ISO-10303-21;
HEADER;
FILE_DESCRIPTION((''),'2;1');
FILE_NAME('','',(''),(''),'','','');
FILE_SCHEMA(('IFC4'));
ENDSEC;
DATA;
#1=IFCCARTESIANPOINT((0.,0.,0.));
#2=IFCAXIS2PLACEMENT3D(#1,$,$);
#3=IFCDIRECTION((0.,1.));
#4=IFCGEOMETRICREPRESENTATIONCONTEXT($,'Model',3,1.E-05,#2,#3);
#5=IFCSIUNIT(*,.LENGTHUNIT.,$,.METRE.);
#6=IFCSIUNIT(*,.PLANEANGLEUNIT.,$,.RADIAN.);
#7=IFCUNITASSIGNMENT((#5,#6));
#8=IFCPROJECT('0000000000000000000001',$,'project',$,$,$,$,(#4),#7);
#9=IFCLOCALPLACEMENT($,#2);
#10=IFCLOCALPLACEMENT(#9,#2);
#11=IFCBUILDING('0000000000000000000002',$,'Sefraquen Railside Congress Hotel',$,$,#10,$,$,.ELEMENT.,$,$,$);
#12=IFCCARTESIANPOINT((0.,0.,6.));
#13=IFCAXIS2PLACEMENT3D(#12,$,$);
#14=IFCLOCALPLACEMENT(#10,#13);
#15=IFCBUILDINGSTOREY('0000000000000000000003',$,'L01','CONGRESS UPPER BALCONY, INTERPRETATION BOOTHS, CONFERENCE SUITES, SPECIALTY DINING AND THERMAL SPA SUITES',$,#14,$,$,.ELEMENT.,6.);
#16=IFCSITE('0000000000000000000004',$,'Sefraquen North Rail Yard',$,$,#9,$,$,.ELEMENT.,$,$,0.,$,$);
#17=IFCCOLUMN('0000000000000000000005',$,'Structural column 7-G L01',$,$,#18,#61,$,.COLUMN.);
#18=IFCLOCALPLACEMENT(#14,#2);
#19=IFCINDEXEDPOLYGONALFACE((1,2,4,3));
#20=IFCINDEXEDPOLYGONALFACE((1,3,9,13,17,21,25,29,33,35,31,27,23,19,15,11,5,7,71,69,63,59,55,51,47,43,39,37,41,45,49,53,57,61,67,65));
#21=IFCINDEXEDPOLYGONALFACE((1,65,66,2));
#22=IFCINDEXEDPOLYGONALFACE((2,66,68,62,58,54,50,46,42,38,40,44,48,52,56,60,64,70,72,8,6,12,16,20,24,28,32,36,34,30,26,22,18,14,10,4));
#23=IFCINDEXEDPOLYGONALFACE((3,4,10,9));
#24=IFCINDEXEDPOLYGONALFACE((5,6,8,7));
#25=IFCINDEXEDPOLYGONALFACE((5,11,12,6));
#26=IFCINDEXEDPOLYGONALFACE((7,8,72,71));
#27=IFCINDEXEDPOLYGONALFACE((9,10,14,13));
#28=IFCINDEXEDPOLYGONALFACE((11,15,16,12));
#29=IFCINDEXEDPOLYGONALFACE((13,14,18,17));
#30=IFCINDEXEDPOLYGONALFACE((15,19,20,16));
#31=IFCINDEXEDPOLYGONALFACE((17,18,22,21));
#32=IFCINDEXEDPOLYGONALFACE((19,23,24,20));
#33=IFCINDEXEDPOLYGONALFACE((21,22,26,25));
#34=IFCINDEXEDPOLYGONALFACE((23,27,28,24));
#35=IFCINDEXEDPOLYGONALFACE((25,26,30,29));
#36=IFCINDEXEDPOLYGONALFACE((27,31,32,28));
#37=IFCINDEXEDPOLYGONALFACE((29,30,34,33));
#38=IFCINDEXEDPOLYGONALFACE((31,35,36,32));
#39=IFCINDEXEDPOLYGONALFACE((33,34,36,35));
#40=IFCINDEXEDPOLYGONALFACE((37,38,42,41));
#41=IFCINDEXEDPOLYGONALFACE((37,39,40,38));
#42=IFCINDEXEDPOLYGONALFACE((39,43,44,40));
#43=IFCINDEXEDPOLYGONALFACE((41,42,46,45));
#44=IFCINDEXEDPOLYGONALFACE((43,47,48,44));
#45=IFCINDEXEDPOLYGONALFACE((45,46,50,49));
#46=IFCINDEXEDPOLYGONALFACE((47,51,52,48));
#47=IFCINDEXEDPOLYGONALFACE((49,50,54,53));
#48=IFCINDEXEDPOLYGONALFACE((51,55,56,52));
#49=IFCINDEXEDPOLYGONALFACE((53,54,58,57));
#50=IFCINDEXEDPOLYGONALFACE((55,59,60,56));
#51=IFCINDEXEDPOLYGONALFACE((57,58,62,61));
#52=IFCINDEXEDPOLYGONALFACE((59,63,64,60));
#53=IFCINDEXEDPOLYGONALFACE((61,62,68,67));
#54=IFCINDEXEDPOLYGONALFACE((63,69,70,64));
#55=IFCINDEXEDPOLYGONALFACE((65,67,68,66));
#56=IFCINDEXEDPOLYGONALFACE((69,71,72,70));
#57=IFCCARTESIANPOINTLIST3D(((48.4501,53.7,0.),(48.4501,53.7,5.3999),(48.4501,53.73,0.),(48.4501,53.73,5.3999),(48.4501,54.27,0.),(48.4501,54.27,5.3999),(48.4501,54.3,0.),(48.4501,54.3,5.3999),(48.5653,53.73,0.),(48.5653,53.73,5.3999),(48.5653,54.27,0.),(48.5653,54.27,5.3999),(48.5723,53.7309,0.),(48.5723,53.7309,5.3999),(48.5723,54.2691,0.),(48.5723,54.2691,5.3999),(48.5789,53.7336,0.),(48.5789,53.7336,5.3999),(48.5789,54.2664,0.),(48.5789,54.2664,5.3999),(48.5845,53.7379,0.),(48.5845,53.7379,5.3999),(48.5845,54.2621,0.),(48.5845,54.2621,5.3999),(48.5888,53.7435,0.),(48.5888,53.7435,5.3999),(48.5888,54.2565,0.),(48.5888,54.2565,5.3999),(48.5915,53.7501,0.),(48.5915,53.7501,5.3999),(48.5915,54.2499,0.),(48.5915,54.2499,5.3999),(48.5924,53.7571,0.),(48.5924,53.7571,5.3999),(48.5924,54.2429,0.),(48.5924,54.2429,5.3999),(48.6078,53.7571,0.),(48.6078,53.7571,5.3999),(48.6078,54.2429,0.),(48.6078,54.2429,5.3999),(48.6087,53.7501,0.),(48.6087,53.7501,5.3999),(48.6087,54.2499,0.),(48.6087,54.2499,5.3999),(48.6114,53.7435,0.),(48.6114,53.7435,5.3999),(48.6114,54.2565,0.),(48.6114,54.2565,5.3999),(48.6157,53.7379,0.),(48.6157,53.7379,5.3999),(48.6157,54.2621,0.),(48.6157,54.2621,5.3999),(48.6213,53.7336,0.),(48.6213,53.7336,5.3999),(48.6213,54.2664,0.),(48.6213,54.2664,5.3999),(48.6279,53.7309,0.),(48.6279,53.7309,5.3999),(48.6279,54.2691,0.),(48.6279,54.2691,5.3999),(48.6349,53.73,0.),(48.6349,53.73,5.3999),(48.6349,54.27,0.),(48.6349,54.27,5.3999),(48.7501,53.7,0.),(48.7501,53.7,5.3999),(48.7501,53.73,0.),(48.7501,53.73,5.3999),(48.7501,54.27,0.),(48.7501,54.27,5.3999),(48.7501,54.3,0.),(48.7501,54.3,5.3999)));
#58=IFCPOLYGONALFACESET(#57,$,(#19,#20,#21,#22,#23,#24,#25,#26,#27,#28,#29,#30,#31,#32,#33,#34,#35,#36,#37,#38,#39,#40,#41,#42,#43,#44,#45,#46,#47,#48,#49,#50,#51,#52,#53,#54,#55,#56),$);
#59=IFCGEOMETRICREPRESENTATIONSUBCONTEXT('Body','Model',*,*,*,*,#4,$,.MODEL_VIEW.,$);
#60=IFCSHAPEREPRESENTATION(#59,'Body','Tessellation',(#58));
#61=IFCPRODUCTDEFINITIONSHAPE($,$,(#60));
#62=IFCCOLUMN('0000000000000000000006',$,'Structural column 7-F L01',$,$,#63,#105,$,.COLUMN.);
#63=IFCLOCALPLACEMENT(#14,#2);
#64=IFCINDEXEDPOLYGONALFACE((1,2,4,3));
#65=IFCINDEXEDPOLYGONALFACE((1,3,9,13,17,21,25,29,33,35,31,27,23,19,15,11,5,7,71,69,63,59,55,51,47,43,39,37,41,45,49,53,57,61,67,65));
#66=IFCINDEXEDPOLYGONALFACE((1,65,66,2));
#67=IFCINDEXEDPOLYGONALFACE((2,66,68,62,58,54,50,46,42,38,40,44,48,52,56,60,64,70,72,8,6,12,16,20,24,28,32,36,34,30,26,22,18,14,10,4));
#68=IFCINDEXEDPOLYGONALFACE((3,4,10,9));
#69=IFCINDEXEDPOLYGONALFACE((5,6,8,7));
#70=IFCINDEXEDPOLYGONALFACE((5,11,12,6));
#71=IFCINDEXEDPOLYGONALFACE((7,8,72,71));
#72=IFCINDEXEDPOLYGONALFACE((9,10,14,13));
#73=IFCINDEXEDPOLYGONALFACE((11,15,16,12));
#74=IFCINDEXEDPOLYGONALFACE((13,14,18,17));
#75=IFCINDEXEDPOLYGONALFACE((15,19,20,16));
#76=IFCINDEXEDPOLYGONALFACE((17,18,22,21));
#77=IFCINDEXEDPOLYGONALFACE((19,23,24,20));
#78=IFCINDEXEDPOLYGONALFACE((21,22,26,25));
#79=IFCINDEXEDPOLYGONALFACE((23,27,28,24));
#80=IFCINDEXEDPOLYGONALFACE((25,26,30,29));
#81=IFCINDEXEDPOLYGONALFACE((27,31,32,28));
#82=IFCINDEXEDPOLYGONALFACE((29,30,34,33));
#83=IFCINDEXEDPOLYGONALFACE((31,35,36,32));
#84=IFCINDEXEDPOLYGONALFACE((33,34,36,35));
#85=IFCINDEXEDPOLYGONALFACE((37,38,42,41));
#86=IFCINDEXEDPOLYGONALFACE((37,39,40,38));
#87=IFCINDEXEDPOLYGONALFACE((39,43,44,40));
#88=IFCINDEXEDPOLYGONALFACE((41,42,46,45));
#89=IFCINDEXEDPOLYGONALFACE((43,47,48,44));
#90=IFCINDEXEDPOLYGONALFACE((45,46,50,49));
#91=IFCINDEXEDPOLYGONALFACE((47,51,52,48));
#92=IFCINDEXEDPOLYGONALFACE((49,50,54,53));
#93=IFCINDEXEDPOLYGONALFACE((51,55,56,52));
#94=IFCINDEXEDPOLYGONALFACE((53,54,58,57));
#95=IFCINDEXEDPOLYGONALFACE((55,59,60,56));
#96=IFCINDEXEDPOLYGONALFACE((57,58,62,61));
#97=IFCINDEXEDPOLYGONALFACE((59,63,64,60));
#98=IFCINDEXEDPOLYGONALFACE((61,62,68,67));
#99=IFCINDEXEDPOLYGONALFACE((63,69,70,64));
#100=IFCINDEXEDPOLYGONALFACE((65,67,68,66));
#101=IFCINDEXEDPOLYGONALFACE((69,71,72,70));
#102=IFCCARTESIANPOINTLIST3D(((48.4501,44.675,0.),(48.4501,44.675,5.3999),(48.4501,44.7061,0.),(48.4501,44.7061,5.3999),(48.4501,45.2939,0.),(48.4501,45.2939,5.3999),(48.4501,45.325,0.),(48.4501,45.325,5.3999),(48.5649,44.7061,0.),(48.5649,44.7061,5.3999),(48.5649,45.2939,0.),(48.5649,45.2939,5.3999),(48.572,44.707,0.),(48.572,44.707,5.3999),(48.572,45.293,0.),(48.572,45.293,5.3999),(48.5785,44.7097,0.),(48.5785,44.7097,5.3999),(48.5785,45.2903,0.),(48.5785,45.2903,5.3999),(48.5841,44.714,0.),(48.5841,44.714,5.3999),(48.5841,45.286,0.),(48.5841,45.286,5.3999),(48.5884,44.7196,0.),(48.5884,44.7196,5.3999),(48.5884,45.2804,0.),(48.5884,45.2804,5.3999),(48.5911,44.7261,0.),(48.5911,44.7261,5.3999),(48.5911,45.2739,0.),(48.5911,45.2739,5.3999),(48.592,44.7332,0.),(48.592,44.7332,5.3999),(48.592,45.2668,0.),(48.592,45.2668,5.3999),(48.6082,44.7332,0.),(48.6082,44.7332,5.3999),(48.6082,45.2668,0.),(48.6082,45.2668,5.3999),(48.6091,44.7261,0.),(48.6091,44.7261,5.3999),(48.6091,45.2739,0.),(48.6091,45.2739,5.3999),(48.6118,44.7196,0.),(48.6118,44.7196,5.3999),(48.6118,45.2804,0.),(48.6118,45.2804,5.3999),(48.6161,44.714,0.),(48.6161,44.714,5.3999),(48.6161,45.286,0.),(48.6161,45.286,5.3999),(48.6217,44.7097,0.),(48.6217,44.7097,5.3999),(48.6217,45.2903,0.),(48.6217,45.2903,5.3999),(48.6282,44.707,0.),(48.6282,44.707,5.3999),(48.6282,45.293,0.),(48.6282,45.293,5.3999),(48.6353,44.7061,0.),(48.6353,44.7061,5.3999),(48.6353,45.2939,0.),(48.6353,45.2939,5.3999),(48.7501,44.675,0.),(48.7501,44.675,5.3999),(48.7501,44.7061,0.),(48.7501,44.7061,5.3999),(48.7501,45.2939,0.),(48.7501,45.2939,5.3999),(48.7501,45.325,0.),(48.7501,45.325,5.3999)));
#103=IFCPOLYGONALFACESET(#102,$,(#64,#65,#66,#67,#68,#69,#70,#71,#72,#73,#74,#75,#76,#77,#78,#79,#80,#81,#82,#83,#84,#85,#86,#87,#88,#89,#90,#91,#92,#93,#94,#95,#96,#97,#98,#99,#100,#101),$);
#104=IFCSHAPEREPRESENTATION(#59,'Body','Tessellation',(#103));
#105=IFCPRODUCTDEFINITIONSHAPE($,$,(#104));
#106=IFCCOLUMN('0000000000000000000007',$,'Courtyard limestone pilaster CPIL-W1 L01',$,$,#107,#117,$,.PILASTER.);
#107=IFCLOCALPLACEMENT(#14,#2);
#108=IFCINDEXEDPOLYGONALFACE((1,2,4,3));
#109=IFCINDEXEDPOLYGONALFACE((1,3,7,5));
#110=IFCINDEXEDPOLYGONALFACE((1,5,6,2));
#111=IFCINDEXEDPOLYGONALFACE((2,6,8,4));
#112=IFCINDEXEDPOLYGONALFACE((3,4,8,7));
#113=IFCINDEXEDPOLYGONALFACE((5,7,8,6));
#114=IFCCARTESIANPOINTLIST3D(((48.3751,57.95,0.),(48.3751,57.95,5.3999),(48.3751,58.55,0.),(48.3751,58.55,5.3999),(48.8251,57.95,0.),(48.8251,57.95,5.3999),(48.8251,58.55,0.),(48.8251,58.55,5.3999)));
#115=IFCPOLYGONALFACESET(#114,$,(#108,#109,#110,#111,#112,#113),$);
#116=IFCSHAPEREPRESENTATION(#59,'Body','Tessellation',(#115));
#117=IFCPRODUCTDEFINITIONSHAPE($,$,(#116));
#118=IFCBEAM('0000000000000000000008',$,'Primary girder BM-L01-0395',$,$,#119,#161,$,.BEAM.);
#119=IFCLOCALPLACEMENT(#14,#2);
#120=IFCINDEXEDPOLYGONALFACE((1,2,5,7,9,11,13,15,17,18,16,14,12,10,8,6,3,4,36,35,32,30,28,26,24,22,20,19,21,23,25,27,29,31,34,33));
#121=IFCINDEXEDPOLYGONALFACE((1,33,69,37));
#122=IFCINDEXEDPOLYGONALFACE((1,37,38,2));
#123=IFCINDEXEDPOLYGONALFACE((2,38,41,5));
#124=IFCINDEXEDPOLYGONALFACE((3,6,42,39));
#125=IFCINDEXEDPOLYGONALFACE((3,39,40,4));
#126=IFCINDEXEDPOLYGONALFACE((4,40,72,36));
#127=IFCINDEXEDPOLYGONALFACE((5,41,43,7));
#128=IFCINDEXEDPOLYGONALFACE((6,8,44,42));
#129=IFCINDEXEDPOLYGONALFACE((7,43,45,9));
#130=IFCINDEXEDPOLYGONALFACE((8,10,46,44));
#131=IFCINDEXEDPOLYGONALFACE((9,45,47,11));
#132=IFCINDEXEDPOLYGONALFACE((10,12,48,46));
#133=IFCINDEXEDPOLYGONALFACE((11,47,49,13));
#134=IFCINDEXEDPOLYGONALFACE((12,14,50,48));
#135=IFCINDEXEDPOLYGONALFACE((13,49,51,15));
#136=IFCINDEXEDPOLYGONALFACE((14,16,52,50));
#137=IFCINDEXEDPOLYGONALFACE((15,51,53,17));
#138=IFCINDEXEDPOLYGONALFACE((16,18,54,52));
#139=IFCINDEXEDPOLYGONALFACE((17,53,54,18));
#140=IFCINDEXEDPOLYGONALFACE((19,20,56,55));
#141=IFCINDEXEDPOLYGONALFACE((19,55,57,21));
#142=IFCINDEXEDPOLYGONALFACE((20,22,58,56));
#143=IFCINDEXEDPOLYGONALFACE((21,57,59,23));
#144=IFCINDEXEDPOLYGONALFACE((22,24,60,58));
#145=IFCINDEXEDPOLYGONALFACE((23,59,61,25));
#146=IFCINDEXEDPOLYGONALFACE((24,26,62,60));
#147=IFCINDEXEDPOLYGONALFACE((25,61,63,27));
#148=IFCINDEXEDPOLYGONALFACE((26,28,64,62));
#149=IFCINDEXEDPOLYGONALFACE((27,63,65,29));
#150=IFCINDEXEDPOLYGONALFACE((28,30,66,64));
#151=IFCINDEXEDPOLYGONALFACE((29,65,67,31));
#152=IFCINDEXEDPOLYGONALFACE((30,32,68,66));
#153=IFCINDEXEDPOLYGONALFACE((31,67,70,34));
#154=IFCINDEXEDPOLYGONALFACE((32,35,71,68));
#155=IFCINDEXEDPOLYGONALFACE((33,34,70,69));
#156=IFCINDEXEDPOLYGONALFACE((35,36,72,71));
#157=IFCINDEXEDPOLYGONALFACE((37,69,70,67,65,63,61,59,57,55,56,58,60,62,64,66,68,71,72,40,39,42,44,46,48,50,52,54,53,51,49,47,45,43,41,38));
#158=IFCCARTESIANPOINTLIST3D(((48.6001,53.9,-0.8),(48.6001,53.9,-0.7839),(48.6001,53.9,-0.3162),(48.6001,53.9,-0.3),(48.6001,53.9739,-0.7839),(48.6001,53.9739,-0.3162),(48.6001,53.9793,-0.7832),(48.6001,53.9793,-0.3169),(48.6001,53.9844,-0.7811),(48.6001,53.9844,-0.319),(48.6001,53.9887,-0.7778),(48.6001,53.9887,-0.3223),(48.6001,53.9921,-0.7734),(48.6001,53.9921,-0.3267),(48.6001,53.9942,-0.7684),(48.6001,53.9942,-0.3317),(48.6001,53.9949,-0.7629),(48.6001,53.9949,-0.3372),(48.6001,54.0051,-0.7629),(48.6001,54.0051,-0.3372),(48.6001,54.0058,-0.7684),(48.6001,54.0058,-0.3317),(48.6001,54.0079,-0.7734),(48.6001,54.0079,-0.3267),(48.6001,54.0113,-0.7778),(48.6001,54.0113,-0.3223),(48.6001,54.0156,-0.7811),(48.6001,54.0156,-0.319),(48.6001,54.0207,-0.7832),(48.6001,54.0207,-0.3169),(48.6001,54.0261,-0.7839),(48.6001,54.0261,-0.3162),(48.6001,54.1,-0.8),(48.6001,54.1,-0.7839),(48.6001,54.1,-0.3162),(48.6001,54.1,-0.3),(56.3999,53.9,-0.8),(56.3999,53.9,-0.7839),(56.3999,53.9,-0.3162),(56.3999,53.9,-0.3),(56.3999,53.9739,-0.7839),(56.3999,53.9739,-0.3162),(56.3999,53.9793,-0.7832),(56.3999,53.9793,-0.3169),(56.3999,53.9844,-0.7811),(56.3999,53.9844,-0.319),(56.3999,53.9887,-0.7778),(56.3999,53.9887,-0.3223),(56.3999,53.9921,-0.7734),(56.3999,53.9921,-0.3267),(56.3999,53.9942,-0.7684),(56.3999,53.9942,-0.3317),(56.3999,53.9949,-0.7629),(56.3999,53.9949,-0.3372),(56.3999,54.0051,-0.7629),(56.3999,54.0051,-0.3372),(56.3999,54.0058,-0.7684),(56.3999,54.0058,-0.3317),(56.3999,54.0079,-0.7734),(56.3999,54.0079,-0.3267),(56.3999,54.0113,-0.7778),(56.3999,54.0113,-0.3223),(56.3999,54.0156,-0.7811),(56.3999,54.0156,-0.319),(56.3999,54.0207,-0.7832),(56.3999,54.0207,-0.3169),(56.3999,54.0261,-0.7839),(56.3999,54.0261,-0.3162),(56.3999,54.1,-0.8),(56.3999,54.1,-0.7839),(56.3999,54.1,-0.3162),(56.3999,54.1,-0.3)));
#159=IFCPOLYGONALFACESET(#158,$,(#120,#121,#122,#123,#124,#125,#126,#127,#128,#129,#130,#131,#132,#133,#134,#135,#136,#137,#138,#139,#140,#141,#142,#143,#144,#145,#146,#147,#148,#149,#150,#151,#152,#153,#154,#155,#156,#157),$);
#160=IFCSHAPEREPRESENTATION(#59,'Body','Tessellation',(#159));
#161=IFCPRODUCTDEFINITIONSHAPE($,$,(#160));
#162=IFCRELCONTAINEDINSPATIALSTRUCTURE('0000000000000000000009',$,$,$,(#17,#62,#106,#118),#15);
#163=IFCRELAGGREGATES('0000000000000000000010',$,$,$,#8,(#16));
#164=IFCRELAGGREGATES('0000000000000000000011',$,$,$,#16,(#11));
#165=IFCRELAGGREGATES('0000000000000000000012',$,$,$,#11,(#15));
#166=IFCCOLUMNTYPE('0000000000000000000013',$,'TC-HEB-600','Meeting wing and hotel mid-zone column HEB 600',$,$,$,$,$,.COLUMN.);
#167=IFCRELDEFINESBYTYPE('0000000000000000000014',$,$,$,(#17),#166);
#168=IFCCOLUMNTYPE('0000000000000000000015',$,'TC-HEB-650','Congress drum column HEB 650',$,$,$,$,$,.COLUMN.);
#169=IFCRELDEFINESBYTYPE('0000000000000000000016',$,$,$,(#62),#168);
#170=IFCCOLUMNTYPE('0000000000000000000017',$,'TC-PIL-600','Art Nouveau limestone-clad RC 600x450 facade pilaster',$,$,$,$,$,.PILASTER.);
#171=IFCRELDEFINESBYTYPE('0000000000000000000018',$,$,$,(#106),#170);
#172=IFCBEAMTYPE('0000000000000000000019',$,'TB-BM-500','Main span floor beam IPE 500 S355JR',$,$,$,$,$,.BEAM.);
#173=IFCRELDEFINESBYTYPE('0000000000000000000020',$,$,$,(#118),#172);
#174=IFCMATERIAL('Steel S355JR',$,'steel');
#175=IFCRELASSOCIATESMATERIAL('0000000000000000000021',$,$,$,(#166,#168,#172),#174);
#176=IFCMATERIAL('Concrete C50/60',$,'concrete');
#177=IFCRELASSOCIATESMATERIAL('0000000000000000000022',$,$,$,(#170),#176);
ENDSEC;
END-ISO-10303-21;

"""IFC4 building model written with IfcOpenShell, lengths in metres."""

from ifc_helpers import new_model, si_unit, direction, frame, origin, origin_2d, place, context, subcontext, project, spatial, rectangle, i_section, extrude, material, material_profile, profile_set, type_object, element, save


model = new_model("IFC4")

# Units and contexts
model_context = context("Model", 3, precision=1e-05, world=origin(), true_north=direction((0.0, 1.0)))
body_context = subcontext(model_context, "Body", "Model", "MODEL_VIEW")
ifc_project = project(units=[si_unit("LENGTHUNIT", "METRE"), si_unit("PLANEANGLEUNIT", "RADIAN")], contexts=[model_context])

# Site, building, storey
site_placement = place(None, origin())
site = spatial("IfcSite", under=ifc_project, at=site_placement, Name="Sefraquen North Rail Yard", CompositionType="ELEMENT", RefElevation=0.0)
building_placement = place(site_placement, origin())
building = spatial("IfcBuilding", under=site, at=building_placement, Name="Sefraquen Railside Congress Hotel", CompositionType="ELEMENT")
storey_placement = place(building_placement, frame((0.0, 0.0, 6.0)))
storey = spatial("IfcBuildingStorey", under=building, at=storey_placement, Name="L01", Description="CONGRESS UPPER BALCONY, INTERPRETATION BOOTHS, CONFERENCE SUITES, SPECIALTY DINING AND THERMAL SPA SUITES", CompositionType="ELEMENT", Elevation=6.0)

# Columns
ifc_material_1 = material(Name="Steel S355JR", Category="steel")
ifc_material_profile_1 = material_profile(ifc_material_1, i_section(OverallWidth=0.3, OverallDepth=0.6001, WebThickness=0.0154, FlangeThickness=0.03, FilletRadius=0.0271, at=origin_2d()), Name="HEB 600")
ifc_profile_set_1 = profile_set([ifc_material_profile_1], Name="Steel S355JR")
column_type_1 = type_object("IfcColumnType", Name="TC-HEB-600", Description="Meeting wing and hotel mid-zone column HEB 600", PredefinedType="COLUMN", material=ifc_profile_set_1)
column_1_placement = place(storey_placement, frame((48.6001, 54.0, 0.0), z_axis=(0.0, 0.0, 1.0), x_axis=(1.0, 0.0, 0.0)))
element("IfcColumn", 1, at=column_1_placement, inside=storey, type_object=column_type_1, Name="Structural column 7-G L01", PredefinedType="COLUMN", context=body_context, shape_type="SweptSolid", body=[
    extrude(i_section(OverallWidth=0.3, OverallDepth=0.6001, WebThickness=0.0154, FlangeThickness=0.03, FilletRadius=0.0271, at=origin_2d()), origin(), (0.0, 0.0, 1.0), 5.3999),
])
ifc_material_profile_2 = material_profile(ifc_material_1, i_section(OverallWidth=0.3, OverallDepth=0.6499, WebThickness=0.0161, FlangeThickness=0.031, FilletRadius=0.0271, at=origin_2d()), Name="HEB 650")
ifc_profile_set_2 = profile_set([ifc_material_profile_2], Name="Steel S355JR")
column_type_2 = type_object("IfcColumnType", Name="TC-HEB-650", Description="Congress drum column HEB 650", PredefinedType="COLUMN", material=ifc_profile_set_2)
column_2_placement = place(storey_placement, frame((48.6001, 45.0, 0.0), z_axis=(0.0, 0.0, 1.0), x_axis=(1.0, 0.0, 0.0)))
element("IfcColumn", 2, at=column_2_placement, inside=storey, type_object=column_type_2, Name="Structural column 7-F L01", PredefinedType="COLUMN", context=body_context, shape_type="SweptSolid", body=[
    extrude(i_section(OverallWidth=0.3, OverallDepth=0.6499, WebThickness=0.0161, FlangeThickness=0.031, FilletRadius=0.0271, at=origin_2d()), origin(), (0.0, 0.0, 1.0), 5.3999),
])
ifc_material_2 = material(Name="Concrete C50/60", Category="concrete")
ifc_material_profile_3 = material_profile(ifc_material_2, rectangle(XDim=0.45, YDim=0.6001, at=origin_2d()), Name="RC 600x450")
ifc_profile_set_3 = profile_set([ifc_material_profile_3], Name="Concrete C50/60")
column_type_3 = type_object("IfcColumnType", Name="TC-PIL-600", Description="Art Nouveau limestone-clad RC 600x450 facade pilaster", PredefinedType="PILASTER", material=ifc_profile_set_3)
column_3_placement = place(storey_placement, frame((48.6001, 58.25, 0.0), z_axis=(0.0, 0.0, 1.0), x_axis=(1.0, 0.0, 0.0)))
element("IfcColumn", 3, at=column_3_placement, inside=storey, type_object=column_type_3, Name="Courtyard limestone pilaster CPIL-W1 L01", PredefinedType="PILASTER", context=body_context, shape_type="SweptSolid", body=[
    extrude(rectangle(XDim=0.45, YDim=0.6001, at=origin_2d()), origin(), (0.0, 0.0, 1.0), 5.3999),
])

# Beam
ifc_material_profile_4 = material_profile(ifc_material_1, i_section(OverallWidth=0.2, OverallDepth=0.5, WebThickness=0.0103, FlangeThickness=0.0161, FilletRadius=0.021, at=origin_2d()), Name="IPE 500")
ifc_profile_set_4 = profile_set([ifc_material_profile_4], Name="Steel S355JR")
beam_type_1 = type_object("IfcBeamType", Name="TB-BM-500", Description="Main span floor beam IPE 500 S355JR", PredefinedType="BEAM", material=ifc_profile_set_4)
beam_1_placement = place(storey_placement, frame((48.6001, 54.0, -0.55), z_axis=(1.0, 0.0, 0.0), x_axis=(0.0, 1.0, 0.0)))
element("IfcBeam", 4, at=beam_1_placement, inside=storey, type_object=beam_type_1, Name="Primary girder BM-L01-0395", PredefinedType="BEAM", context=body_context, shape_type="SweptSolid", body=[
    extrude(i_section(OverallWidth=0.2, OverallDepth=0.5, WebThickness=0.0103, FlangeThickness=0.0161, FilletRadius=0.021, at=origin_2d()), origin(), (0.0, 0.0, 1.0), 7.7998),
])

save(model, "model.ifc")
